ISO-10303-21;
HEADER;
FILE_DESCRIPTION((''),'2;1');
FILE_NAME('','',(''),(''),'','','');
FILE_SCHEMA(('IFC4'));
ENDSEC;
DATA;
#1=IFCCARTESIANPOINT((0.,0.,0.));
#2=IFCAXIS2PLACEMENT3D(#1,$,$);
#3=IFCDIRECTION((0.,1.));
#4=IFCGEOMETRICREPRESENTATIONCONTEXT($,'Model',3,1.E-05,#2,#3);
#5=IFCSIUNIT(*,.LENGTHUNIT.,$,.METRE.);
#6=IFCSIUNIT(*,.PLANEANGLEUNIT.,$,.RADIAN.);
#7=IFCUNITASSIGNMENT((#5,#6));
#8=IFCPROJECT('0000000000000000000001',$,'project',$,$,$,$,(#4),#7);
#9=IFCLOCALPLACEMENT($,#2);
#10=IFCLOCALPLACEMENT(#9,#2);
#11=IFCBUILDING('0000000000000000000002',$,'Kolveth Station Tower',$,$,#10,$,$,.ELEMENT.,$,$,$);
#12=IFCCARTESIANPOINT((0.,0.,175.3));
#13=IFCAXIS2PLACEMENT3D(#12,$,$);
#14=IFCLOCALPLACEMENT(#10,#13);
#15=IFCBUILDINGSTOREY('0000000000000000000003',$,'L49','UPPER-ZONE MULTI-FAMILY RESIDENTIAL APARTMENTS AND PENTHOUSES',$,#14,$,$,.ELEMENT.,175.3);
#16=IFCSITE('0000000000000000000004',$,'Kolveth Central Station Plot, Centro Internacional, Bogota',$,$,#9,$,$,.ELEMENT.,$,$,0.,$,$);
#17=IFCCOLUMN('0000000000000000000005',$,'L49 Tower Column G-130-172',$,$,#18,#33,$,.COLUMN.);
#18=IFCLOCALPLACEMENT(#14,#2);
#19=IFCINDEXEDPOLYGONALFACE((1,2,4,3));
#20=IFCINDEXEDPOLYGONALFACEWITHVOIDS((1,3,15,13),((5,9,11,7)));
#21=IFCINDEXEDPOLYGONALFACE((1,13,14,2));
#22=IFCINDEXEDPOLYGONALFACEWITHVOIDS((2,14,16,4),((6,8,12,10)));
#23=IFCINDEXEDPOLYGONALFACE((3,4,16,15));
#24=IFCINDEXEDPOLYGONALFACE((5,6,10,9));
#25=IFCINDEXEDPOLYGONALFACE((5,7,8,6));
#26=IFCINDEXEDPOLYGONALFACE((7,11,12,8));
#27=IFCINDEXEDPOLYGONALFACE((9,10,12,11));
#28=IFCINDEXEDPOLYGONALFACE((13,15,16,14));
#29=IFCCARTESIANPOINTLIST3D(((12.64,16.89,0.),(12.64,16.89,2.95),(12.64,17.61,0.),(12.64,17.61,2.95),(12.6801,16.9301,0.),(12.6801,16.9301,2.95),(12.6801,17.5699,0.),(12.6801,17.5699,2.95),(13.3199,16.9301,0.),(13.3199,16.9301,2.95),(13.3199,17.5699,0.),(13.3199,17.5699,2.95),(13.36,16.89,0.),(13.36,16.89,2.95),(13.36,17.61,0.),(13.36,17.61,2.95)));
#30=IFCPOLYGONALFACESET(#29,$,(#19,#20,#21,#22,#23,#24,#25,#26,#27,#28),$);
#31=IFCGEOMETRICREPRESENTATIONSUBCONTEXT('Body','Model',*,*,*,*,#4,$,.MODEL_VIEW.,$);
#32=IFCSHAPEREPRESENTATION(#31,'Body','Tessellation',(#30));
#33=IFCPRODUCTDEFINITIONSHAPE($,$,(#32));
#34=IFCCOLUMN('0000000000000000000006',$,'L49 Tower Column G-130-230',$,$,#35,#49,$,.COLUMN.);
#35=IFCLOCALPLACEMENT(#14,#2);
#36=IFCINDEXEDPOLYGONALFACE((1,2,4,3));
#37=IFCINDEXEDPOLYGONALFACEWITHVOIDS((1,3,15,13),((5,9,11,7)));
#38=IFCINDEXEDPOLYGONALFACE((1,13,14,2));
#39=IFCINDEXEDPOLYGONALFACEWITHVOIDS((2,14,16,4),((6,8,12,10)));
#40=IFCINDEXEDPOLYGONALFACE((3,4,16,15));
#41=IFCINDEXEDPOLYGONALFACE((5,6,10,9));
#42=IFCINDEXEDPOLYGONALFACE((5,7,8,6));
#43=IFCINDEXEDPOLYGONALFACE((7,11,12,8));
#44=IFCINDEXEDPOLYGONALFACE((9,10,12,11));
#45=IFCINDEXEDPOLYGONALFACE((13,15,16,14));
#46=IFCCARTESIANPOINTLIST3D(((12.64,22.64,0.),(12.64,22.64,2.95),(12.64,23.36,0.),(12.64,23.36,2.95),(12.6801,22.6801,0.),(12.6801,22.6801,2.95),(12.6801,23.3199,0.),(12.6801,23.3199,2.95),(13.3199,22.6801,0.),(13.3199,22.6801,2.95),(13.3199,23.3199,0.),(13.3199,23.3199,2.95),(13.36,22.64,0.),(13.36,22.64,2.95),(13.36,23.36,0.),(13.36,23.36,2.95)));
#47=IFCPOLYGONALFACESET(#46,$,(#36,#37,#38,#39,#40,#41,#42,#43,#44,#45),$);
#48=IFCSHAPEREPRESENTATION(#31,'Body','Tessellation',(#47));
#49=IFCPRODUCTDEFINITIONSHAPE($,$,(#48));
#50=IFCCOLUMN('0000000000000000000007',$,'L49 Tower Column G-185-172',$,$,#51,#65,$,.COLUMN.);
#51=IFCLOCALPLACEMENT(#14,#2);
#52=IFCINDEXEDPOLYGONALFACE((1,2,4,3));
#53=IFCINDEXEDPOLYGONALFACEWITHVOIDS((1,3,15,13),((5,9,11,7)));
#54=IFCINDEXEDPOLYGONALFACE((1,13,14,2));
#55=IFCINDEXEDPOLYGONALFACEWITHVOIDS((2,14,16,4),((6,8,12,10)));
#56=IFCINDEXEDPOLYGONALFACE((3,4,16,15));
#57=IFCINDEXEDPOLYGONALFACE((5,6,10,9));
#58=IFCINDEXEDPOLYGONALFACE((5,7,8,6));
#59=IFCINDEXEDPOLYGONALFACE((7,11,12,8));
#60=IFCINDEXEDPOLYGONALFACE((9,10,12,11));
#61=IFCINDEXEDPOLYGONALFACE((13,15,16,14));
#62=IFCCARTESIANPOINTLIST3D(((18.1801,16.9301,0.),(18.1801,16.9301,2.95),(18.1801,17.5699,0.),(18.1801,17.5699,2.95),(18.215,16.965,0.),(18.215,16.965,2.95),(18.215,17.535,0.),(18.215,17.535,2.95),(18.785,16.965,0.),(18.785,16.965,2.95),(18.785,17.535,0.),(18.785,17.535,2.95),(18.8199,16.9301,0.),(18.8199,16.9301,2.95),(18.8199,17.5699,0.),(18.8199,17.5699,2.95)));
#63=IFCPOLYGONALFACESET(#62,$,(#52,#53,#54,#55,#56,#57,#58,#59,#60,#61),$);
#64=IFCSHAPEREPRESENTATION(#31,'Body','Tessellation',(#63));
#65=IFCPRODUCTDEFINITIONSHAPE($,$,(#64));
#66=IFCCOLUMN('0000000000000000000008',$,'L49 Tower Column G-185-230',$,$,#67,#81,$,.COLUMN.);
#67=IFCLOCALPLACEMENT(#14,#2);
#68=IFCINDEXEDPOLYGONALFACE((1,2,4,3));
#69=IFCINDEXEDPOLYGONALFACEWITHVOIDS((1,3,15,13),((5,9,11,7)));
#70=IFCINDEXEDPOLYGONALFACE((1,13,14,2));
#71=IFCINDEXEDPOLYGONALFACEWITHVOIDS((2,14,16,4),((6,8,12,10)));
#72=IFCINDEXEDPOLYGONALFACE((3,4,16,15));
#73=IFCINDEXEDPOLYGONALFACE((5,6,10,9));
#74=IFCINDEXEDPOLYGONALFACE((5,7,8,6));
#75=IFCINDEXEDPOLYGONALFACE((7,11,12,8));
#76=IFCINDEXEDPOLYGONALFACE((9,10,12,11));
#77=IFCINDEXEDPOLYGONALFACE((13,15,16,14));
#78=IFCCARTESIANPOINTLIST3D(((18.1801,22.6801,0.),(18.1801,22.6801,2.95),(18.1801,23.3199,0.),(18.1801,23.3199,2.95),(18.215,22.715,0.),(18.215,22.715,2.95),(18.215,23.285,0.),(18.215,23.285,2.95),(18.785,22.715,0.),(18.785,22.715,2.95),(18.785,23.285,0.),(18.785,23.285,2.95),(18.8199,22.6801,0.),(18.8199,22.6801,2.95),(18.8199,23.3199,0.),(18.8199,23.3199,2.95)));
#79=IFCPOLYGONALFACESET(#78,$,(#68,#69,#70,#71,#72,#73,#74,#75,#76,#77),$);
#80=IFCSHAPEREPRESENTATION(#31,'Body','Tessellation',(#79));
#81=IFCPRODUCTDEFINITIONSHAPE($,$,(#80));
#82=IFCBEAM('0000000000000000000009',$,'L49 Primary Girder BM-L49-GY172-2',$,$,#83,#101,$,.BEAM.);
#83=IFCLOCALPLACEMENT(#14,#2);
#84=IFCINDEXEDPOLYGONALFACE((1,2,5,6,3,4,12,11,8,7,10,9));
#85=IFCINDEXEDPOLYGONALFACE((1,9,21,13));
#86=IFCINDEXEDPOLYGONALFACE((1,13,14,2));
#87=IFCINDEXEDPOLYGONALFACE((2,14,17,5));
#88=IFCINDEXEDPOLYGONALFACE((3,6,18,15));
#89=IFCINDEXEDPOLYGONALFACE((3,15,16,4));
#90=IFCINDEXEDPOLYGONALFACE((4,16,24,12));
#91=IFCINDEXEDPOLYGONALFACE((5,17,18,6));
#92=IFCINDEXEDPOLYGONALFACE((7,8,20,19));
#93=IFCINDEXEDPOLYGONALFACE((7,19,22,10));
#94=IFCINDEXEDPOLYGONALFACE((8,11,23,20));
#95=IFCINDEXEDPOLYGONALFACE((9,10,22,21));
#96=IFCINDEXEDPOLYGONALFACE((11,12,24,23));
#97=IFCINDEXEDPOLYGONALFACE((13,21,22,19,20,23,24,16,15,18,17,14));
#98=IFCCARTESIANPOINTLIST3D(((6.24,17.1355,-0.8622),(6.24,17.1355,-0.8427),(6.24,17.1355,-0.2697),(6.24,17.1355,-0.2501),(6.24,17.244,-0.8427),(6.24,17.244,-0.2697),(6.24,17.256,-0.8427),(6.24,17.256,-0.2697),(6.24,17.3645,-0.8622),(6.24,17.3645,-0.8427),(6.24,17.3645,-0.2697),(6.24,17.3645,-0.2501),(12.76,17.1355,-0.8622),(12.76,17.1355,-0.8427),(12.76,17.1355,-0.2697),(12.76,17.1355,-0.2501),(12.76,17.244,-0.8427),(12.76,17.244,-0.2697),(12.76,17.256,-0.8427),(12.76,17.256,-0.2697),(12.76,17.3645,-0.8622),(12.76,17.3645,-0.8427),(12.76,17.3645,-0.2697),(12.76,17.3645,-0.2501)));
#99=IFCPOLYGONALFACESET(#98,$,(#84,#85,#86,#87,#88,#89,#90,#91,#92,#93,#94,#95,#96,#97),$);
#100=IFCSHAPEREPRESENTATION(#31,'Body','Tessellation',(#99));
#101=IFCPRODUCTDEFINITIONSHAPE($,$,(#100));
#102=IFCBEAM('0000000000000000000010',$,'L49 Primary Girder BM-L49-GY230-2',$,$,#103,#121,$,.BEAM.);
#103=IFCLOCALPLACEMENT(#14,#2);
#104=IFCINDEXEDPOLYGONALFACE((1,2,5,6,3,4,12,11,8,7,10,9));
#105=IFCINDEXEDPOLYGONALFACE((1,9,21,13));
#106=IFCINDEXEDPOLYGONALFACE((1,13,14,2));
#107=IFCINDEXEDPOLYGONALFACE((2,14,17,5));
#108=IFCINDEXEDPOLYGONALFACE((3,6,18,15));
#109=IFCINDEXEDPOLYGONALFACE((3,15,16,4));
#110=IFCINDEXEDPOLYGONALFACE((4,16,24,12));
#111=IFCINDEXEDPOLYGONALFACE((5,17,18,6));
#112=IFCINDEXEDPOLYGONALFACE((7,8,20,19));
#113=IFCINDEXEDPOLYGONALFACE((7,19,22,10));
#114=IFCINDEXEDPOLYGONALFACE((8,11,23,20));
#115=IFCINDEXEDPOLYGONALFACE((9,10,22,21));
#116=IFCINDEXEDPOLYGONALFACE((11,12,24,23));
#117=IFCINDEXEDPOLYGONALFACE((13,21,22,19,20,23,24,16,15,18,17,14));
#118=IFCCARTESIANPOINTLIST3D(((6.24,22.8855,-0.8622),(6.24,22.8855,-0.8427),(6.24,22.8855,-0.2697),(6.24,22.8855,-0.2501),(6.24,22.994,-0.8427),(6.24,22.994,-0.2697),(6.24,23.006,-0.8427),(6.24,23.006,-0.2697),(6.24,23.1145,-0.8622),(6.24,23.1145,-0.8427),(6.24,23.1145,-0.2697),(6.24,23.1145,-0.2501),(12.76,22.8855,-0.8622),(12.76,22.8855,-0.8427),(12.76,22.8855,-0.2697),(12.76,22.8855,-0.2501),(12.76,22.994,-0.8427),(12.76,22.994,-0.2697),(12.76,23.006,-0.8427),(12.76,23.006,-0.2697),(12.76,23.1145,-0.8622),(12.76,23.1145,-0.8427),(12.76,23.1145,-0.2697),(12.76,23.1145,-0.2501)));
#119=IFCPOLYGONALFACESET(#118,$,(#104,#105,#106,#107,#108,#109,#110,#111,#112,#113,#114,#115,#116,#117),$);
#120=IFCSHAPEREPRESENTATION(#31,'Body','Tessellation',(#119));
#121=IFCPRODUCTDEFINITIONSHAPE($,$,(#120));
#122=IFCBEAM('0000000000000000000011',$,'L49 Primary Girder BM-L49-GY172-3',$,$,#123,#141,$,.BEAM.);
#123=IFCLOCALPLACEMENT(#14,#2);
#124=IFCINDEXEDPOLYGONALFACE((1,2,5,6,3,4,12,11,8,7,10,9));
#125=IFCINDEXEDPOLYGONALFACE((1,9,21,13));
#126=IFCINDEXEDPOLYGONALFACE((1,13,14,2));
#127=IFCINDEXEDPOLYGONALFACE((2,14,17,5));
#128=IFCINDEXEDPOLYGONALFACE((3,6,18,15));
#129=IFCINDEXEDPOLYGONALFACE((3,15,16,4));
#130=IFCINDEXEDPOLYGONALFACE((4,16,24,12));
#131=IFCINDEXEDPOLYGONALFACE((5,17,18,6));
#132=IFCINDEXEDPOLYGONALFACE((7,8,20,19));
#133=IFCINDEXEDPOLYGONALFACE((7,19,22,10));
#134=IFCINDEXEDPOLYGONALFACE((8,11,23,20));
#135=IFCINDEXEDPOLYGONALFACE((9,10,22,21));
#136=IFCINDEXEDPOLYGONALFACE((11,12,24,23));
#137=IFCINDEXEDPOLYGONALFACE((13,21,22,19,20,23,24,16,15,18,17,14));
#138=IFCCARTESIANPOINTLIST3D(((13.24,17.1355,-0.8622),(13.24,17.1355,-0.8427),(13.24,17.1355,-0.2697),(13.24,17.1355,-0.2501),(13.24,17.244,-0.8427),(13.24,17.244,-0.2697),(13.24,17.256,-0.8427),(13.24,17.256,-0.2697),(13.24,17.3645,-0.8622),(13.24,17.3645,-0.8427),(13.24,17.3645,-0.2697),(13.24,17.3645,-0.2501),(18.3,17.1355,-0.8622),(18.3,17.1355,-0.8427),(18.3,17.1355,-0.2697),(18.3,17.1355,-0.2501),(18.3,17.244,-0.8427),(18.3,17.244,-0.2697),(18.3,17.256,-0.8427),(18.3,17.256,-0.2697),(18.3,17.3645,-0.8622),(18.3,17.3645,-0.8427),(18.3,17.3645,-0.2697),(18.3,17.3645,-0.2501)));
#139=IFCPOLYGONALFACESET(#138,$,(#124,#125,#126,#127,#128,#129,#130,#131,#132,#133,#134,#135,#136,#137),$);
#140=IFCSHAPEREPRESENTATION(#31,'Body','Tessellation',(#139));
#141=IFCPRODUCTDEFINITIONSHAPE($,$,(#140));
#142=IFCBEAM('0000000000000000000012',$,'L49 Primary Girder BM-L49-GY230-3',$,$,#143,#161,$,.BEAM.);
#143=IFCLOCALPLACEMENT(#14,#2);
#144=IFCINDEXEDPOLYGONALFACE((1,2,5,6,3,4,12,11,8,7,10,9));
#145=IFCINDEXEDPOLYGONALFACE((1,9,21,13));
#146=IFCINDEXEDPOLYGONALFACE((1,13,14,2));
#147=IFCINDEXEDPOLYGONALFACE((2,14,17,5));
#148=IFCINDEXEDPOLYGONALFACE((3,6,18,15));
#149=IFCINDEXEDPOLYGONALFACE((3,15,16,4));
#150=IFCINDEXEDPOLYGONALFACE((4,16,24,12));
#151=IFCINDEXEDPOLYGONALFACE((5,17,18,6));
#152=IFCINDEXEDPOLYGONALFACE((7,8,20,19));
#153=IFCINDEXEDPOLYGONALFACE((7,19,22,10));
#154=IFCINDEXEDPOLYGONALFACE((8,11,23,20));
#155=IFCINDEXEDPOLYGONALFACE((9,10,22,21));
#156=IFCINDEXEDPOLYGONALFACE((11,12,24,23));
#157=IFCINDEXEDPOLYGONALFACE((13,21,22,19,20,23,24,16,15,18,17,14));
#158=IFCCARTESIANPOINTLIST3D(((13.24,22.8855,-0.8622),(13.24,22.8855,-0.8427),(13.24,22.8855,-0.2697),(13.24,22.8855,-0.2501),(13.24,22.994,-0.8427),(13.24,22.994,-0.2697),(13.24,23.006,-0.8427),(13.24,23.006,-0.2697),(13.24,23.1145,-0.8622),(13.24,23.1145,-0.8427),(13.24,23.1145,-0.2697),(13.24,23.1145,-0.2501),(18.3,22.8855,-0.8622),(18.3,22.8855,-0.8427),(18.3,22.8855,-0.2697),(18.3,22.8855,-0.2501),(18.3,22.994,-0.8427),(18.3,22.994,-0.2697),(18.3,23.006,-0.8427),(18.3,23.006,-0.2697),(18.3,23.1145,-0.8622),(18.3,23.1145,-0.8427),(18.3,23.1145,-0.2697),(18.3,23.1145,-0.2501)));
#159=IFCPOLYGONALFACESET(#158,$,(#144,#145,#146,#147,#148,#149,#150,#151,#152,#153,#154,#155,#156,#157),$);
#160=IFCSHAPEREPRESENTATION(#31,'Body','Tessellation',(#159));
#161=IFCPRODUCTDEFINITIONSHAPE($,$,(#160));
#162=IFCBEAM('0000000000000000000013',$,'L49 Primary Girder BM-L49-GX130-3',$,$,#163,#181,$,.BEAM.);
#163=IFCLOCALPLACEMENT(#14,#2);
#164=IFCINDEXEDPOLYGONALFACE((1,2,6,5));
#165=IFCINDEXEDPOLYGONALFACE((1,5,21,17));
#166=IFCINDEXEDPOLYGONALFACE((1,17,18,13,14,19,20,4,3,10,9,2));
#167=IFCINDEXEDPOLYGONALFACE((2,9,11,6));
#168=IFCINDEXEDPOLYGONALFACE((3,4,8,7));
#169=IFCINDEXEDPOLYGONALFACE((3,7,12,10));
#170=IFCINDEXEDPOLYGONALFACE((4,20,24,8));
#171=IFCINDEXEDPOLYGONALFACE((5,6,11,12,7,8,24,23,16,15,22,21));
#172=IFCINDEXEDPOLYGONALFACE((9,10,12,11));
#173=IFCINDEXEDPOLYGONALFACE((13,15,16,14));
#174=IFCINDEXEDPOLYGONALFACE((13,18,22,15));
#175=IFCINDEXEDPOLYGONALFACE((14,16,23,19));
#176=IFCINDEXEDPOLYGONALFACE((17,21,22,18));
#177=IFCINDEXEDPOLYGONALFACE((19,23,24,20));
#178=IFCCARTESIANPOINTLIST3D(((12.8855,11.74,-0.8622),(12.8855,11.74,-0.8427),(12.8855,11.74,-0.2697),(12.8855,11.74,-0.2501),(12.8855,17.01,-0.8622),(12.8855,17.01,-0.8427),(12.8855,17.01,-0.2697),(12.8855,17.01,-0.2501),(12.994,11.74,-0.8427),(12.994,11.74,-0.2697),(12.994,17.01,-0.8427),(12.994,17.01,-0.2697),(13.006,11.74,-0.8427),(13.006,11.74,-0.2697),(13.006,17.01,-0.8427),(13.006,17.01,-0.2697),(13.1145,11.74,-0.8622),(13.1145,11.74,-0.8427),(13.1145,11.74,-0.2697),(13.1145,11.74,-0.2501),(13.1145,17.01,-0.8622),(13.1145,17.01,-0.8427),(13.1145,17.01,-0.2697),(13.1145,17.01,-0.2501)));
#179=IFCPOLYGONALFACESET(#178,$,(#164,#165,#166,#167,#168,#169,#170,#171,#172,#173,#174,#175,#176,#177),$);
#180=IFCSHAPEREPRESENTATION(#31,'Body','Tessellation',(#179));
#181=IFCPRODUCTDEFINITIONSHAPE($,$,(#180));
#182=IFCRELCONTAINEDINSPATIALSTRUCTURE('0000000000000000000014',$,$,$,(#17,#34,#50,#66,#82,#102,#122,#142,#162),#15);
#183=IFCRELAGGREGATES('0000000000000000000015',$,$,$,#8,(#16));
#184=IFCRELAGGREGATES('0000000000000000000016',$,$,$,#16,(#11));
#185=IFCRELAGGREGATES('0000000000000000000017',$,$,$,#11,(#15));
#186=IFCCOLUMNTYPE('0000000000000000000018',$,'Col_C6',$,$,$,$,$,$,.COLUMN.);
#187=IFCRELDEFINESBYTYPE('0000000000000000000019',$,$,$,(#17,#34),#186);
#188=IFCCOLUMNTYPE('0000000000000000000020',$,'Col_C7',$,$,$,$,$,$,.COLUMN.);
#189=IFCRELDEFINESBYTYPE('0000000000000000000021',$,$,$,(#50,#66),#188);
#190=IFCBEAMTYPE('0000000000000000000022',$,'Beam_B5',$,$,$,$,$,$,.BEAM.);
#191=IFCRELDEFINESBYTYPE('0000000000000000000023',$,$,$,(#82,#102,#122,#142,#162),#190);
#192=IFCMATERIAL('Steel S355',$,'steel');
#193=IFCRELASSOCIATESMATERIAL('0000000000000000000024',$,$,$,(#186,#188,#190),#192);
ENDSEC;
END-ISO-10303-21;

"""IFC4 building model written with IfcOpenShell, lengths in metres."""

from ifc_helpers import new_model, si_unit, direction, frame, origin, origin_2d, place, context, subcontext, project, spatial, hollow_rectangle, i_section, extrude, source, transform, mapped, material, material_profile, profile_set, type_object, element, save


model = new_model("IFC4")

# Units and contexts
model_context = context("Model", 3, precision=1e-05, world=origin(), true_north=direction((0.0, 1.0)))
body_context = subcontext(model_context, "Body", "Model", "MODEL_VIEW")
ifc_project = project(units=[si_unit("LENGTHUNIT", "METRE"), si_unit("PLANEANGLEUNIT", "RADIAN")], contexts=[model_context])

# Site, building, storey
site_placement = place(None, origin())
site = spatial("IfcSite", under=ifc_project, at=site_placement, Name="Kolveth Central Station Plot, Centro Internacional, Bogota", CompositionType="ELEMENT", RefElevation=0.0)
building_placement = place(site_placement, origin())
building = spatial("IfcBuilding", under=site, at=building_placement, Name="Kolveth Station Tower", CompositionType="ELEMENT")
storey_placement = place(building_placement, frame((0.0, 0.0, 175.3)))
storey = spatial("IfcBuildingStorey", under=building, at=storey_placement, Name="L49", Description="UPPER-ZONE MULTI-FAMILY RESIDENTIAL APARTMENTS AND PENTHOUSES", CompositionType="ELEMENT", Elevation=175.3)

# Columns
ifc_material_1 = material(Name="Steel S355", Category="steel")
ifc_material_profile_1 = material_profile(ifc_material_1, hollow_rectangle(XDim=0.72, YDim=0.72, WallThickness=0.04, at=origin_2d()), Name="BOX720x720x40")
ifc_profile_set_1 = profile_set([ifc_material_profile_1], Name="Steel S355")
column_type_1 = type_object("IfcColumnType", Name="Col_C6", PredefinedType="COLUMN", material=ifc_profile_set_1)
shared_shape_1 = source(origin(), body_context, "Body", "SweptSolid", [
    extrude(hollow_rectangle(XDim=0.72, YDim=0.72, WallThickness=0.04, at=origin_2d()), origin(), (0.0, 0.0, 1.0), 2.95),
])
for number, where, z_axis, x_axis, name in (
    (1, (13.0, 17.25, 0.0), (0.0, 0.0, 1.0), (1.0, 0.0, 0.0), "L49 Tower Column G-130-172"),
    (2, (13.0, 23.0, 0.0), (0.0, 0.0, 1.0), (1.0, 0.0, 0.0), "L49 Tower Column G-130-230"),
):
    element("IfcColumn", number, at=place(storey_placement, frame(where, z_axis=z_axis, x_axis=x_axis)), inside=storey, type_object=column_type_1, Name=name, PredefinedType="COLUMN", context=body_context, shape_type="MappedRepresentation", body=[
        mapped(shared_shape_1, transform((0.0, 0.0, 0.0), x_axis=(1.0, 0.0, 0.0), y_axis=(0.0, 1.0, 0.0), z_axis=(0.0, 0.0, 1.0), scale=1.0)),
    ])
ifc_material_profile_2 = material_profile(ifc_material_1, hollow_rectangle(XDim=0.6399, YDim=0.6399, WallThickness=0.0349, at=origin_2d()), Name="BOX640x640x35")
ifc_profile_set_2 = profile_set([ifc_material_profile_2], Name="Steel S355")
column_type_2 = type_object("IfcColumnType", Name="Col_C7", PredefinedType="COLUMN", material=ifc_profile_set_2)
shared_shape_2 = source(origin(), body_context, "Body", "SweptSolid", [
    extrude(hollow_rectangle(XDim=0.6399, YDim=0.6399, WallThickness=0.0349, at=origin_2d()), origin(), (0.0, 0.0, 1.0), 2.95),
])
for number, where, z_axis, x_axis, name in (
    (3, (18.5, 17.25, 0.0), (0.0, 0.0, 1.0), (1.0, 0.0, 0.0), "L49 Tower Column G-185-172"),
    (4, (18.5, 23.0, 0.0), (0.0, 0.0, 1.0), (1.0, 0.0, 0.0), "L49 Tower Column G-185-230"),
):
    element("IfcColumn", number, at=place(storey_placement, frame(where, z_axis=z_axis, x_axis=x_axis)), inside=storey, type_object=column_type_2, Name=name, PredefinedType="COLUMN", context=body_context, shape_type="MappedRepresentation", body=[
        mapped(shared_shape_2, transform((0.0, 0.0, 0.0), x_axis=(1.0, 0.0, 0.0), y_axis=(0.0, 1.0, 0.0), z_axis=(0.0, 0.0, 1.0), scale=1.0)),
    ])

# Beams
ifc_material_profile_3 = material_profile(ifc_material_1, i_section(OverallWidth=0.229, OverallDepth=0.6121, WebThickness=0.012, FlangeThickness=0.0195, at=origin_2d()), Name="W610x125")
ifc_profile_set_3 = profile_set([ifc_material_profile_3], Name="Steel S355")
beam_type_1 = type_object("IfcBeamType", Name="Beam_B5", PredefinedType="BEAM", material=ifc_profile_set_3)
shared_shape_3 = source(origin(), body_context, "Body", "SweptSolid", [
    extrude(i_section(OverallWidth=0.229, OverallDepth=0.6121, WebThickness=0.012, FlangeThickness=0.0195, at=origin_2d()), origin(), (0.0, 0.0, 1.0), 6.52),
])
for number, where, z_axis, x_axis, name in (
    (5, (6.24, 17.25, -0.5562), (1.0, 0.0, 0.0), (0.0, 1.0, 0.0), "L49 Primary Girder BM-L49-GY172-2"),
    (6, (6.24, 23.0, -0.5562), (1.0, 0.0, 0.0), (0.0, 1.0, 0.0), "L49 Primary Girder BM-L49-GY230-2"),
):
    element("IfcBeam", number, at=place(storey_placement, frame(where, z_axis=z_axis, x_axis=x_axis)), inside=storey, type_object=beam_type_1, Name=name, PredefinedType="BEAM", context=body_context, shape_type="MappedRepresentation", body=[
        mapped(shared_shape_3, transform((0.0, 0.0, 0.0), x_axis=(1.0, 0.0, 0.0), y_axis=(0.0, 1.0, 0.0), z_axis=(0.0, 0.0, 1.0), scale=1.0)),
    ])
shared_shape_4 = source(origin(), body_context, "Body", "SweptSolid", [
    extrude(i_section(OverallWidth=0.229, OverallDepth=0.6121, WebThickness=0.012, FlangeThickness=0.0195, at=origin_2d()), origin(), (0.0, 0.0, 1.0), 5.0601),
])
for number, where, z_axis, x_axis, name in (
    (7, (13.24, 17.25, -0.5562), (1.0, 0.0, 0.0), (0.0, 1.0, 0.0), "L49 Primary Girder BM-L49-GY172-3"),
    (8, (13.24, 23.0, -0.5562), (1.0, 0.0, 0.0), (0.0, 1.0, 0.0), "L49 Primary Girder BM-L49-GY230-3"),
):
    element("IfcBeam", number, at=place(storey_placement, frame(where, z_axis=z_axis, x_axis=x_axis)), inside=storey, type_object=beam_type_1, Name=name, PredefinedType="BEAM", context=body_context, shape_type="MappedRepresentation", body=[
        mapped(shared_shape_4, transform((0.0, 0.0, 0.0), x_axis=(1.0, 0.0, 0.0), y_axis=(0.0, 1.0, 0.0), z_axis=(0.0, 0.0, 1.0), scale=1.0)),
    ])
shared_shape_5 = source(origin(), body_context, "Body", "SweptSolid", [
    extrude(i_section(OverallWidth=0.229, OverallDepth=0.6121, WebThickness=0.012, FlangeThickness=0.0195, at=origin_2d()), origin(), (0.0, 0.0, 1.0), 5.27),
])
for number, where, z_axis, x_axis, name in (
    (9, (13.0, 11.74, -0.5562), (0.0, 1.0, 0.0), (-1.0, 0.0, 0.0), "L49 Primary Girder BM-L49-GX130-3"),
):
    element("IfcBeam", number, at=place(storey_placement, frame(where, z_axis=z_axis, x_axis=x_axis)), inside=storey, type_object=beam_type_1, Name=name, PredefinedType="BEAM", context=body_context, shape_type="MappedRepresentation", body=[
        mapped(shared_shape_5, transform((0.0, 0.0, 0.0), x_axis=(1.0, 0.0, 0.0), y_axis=(0.0, 1.0, 0.0), z_axis=(0.0, 0.0, 1.0), scale=1.0)),
    ])

save(model, "model.ifc")
